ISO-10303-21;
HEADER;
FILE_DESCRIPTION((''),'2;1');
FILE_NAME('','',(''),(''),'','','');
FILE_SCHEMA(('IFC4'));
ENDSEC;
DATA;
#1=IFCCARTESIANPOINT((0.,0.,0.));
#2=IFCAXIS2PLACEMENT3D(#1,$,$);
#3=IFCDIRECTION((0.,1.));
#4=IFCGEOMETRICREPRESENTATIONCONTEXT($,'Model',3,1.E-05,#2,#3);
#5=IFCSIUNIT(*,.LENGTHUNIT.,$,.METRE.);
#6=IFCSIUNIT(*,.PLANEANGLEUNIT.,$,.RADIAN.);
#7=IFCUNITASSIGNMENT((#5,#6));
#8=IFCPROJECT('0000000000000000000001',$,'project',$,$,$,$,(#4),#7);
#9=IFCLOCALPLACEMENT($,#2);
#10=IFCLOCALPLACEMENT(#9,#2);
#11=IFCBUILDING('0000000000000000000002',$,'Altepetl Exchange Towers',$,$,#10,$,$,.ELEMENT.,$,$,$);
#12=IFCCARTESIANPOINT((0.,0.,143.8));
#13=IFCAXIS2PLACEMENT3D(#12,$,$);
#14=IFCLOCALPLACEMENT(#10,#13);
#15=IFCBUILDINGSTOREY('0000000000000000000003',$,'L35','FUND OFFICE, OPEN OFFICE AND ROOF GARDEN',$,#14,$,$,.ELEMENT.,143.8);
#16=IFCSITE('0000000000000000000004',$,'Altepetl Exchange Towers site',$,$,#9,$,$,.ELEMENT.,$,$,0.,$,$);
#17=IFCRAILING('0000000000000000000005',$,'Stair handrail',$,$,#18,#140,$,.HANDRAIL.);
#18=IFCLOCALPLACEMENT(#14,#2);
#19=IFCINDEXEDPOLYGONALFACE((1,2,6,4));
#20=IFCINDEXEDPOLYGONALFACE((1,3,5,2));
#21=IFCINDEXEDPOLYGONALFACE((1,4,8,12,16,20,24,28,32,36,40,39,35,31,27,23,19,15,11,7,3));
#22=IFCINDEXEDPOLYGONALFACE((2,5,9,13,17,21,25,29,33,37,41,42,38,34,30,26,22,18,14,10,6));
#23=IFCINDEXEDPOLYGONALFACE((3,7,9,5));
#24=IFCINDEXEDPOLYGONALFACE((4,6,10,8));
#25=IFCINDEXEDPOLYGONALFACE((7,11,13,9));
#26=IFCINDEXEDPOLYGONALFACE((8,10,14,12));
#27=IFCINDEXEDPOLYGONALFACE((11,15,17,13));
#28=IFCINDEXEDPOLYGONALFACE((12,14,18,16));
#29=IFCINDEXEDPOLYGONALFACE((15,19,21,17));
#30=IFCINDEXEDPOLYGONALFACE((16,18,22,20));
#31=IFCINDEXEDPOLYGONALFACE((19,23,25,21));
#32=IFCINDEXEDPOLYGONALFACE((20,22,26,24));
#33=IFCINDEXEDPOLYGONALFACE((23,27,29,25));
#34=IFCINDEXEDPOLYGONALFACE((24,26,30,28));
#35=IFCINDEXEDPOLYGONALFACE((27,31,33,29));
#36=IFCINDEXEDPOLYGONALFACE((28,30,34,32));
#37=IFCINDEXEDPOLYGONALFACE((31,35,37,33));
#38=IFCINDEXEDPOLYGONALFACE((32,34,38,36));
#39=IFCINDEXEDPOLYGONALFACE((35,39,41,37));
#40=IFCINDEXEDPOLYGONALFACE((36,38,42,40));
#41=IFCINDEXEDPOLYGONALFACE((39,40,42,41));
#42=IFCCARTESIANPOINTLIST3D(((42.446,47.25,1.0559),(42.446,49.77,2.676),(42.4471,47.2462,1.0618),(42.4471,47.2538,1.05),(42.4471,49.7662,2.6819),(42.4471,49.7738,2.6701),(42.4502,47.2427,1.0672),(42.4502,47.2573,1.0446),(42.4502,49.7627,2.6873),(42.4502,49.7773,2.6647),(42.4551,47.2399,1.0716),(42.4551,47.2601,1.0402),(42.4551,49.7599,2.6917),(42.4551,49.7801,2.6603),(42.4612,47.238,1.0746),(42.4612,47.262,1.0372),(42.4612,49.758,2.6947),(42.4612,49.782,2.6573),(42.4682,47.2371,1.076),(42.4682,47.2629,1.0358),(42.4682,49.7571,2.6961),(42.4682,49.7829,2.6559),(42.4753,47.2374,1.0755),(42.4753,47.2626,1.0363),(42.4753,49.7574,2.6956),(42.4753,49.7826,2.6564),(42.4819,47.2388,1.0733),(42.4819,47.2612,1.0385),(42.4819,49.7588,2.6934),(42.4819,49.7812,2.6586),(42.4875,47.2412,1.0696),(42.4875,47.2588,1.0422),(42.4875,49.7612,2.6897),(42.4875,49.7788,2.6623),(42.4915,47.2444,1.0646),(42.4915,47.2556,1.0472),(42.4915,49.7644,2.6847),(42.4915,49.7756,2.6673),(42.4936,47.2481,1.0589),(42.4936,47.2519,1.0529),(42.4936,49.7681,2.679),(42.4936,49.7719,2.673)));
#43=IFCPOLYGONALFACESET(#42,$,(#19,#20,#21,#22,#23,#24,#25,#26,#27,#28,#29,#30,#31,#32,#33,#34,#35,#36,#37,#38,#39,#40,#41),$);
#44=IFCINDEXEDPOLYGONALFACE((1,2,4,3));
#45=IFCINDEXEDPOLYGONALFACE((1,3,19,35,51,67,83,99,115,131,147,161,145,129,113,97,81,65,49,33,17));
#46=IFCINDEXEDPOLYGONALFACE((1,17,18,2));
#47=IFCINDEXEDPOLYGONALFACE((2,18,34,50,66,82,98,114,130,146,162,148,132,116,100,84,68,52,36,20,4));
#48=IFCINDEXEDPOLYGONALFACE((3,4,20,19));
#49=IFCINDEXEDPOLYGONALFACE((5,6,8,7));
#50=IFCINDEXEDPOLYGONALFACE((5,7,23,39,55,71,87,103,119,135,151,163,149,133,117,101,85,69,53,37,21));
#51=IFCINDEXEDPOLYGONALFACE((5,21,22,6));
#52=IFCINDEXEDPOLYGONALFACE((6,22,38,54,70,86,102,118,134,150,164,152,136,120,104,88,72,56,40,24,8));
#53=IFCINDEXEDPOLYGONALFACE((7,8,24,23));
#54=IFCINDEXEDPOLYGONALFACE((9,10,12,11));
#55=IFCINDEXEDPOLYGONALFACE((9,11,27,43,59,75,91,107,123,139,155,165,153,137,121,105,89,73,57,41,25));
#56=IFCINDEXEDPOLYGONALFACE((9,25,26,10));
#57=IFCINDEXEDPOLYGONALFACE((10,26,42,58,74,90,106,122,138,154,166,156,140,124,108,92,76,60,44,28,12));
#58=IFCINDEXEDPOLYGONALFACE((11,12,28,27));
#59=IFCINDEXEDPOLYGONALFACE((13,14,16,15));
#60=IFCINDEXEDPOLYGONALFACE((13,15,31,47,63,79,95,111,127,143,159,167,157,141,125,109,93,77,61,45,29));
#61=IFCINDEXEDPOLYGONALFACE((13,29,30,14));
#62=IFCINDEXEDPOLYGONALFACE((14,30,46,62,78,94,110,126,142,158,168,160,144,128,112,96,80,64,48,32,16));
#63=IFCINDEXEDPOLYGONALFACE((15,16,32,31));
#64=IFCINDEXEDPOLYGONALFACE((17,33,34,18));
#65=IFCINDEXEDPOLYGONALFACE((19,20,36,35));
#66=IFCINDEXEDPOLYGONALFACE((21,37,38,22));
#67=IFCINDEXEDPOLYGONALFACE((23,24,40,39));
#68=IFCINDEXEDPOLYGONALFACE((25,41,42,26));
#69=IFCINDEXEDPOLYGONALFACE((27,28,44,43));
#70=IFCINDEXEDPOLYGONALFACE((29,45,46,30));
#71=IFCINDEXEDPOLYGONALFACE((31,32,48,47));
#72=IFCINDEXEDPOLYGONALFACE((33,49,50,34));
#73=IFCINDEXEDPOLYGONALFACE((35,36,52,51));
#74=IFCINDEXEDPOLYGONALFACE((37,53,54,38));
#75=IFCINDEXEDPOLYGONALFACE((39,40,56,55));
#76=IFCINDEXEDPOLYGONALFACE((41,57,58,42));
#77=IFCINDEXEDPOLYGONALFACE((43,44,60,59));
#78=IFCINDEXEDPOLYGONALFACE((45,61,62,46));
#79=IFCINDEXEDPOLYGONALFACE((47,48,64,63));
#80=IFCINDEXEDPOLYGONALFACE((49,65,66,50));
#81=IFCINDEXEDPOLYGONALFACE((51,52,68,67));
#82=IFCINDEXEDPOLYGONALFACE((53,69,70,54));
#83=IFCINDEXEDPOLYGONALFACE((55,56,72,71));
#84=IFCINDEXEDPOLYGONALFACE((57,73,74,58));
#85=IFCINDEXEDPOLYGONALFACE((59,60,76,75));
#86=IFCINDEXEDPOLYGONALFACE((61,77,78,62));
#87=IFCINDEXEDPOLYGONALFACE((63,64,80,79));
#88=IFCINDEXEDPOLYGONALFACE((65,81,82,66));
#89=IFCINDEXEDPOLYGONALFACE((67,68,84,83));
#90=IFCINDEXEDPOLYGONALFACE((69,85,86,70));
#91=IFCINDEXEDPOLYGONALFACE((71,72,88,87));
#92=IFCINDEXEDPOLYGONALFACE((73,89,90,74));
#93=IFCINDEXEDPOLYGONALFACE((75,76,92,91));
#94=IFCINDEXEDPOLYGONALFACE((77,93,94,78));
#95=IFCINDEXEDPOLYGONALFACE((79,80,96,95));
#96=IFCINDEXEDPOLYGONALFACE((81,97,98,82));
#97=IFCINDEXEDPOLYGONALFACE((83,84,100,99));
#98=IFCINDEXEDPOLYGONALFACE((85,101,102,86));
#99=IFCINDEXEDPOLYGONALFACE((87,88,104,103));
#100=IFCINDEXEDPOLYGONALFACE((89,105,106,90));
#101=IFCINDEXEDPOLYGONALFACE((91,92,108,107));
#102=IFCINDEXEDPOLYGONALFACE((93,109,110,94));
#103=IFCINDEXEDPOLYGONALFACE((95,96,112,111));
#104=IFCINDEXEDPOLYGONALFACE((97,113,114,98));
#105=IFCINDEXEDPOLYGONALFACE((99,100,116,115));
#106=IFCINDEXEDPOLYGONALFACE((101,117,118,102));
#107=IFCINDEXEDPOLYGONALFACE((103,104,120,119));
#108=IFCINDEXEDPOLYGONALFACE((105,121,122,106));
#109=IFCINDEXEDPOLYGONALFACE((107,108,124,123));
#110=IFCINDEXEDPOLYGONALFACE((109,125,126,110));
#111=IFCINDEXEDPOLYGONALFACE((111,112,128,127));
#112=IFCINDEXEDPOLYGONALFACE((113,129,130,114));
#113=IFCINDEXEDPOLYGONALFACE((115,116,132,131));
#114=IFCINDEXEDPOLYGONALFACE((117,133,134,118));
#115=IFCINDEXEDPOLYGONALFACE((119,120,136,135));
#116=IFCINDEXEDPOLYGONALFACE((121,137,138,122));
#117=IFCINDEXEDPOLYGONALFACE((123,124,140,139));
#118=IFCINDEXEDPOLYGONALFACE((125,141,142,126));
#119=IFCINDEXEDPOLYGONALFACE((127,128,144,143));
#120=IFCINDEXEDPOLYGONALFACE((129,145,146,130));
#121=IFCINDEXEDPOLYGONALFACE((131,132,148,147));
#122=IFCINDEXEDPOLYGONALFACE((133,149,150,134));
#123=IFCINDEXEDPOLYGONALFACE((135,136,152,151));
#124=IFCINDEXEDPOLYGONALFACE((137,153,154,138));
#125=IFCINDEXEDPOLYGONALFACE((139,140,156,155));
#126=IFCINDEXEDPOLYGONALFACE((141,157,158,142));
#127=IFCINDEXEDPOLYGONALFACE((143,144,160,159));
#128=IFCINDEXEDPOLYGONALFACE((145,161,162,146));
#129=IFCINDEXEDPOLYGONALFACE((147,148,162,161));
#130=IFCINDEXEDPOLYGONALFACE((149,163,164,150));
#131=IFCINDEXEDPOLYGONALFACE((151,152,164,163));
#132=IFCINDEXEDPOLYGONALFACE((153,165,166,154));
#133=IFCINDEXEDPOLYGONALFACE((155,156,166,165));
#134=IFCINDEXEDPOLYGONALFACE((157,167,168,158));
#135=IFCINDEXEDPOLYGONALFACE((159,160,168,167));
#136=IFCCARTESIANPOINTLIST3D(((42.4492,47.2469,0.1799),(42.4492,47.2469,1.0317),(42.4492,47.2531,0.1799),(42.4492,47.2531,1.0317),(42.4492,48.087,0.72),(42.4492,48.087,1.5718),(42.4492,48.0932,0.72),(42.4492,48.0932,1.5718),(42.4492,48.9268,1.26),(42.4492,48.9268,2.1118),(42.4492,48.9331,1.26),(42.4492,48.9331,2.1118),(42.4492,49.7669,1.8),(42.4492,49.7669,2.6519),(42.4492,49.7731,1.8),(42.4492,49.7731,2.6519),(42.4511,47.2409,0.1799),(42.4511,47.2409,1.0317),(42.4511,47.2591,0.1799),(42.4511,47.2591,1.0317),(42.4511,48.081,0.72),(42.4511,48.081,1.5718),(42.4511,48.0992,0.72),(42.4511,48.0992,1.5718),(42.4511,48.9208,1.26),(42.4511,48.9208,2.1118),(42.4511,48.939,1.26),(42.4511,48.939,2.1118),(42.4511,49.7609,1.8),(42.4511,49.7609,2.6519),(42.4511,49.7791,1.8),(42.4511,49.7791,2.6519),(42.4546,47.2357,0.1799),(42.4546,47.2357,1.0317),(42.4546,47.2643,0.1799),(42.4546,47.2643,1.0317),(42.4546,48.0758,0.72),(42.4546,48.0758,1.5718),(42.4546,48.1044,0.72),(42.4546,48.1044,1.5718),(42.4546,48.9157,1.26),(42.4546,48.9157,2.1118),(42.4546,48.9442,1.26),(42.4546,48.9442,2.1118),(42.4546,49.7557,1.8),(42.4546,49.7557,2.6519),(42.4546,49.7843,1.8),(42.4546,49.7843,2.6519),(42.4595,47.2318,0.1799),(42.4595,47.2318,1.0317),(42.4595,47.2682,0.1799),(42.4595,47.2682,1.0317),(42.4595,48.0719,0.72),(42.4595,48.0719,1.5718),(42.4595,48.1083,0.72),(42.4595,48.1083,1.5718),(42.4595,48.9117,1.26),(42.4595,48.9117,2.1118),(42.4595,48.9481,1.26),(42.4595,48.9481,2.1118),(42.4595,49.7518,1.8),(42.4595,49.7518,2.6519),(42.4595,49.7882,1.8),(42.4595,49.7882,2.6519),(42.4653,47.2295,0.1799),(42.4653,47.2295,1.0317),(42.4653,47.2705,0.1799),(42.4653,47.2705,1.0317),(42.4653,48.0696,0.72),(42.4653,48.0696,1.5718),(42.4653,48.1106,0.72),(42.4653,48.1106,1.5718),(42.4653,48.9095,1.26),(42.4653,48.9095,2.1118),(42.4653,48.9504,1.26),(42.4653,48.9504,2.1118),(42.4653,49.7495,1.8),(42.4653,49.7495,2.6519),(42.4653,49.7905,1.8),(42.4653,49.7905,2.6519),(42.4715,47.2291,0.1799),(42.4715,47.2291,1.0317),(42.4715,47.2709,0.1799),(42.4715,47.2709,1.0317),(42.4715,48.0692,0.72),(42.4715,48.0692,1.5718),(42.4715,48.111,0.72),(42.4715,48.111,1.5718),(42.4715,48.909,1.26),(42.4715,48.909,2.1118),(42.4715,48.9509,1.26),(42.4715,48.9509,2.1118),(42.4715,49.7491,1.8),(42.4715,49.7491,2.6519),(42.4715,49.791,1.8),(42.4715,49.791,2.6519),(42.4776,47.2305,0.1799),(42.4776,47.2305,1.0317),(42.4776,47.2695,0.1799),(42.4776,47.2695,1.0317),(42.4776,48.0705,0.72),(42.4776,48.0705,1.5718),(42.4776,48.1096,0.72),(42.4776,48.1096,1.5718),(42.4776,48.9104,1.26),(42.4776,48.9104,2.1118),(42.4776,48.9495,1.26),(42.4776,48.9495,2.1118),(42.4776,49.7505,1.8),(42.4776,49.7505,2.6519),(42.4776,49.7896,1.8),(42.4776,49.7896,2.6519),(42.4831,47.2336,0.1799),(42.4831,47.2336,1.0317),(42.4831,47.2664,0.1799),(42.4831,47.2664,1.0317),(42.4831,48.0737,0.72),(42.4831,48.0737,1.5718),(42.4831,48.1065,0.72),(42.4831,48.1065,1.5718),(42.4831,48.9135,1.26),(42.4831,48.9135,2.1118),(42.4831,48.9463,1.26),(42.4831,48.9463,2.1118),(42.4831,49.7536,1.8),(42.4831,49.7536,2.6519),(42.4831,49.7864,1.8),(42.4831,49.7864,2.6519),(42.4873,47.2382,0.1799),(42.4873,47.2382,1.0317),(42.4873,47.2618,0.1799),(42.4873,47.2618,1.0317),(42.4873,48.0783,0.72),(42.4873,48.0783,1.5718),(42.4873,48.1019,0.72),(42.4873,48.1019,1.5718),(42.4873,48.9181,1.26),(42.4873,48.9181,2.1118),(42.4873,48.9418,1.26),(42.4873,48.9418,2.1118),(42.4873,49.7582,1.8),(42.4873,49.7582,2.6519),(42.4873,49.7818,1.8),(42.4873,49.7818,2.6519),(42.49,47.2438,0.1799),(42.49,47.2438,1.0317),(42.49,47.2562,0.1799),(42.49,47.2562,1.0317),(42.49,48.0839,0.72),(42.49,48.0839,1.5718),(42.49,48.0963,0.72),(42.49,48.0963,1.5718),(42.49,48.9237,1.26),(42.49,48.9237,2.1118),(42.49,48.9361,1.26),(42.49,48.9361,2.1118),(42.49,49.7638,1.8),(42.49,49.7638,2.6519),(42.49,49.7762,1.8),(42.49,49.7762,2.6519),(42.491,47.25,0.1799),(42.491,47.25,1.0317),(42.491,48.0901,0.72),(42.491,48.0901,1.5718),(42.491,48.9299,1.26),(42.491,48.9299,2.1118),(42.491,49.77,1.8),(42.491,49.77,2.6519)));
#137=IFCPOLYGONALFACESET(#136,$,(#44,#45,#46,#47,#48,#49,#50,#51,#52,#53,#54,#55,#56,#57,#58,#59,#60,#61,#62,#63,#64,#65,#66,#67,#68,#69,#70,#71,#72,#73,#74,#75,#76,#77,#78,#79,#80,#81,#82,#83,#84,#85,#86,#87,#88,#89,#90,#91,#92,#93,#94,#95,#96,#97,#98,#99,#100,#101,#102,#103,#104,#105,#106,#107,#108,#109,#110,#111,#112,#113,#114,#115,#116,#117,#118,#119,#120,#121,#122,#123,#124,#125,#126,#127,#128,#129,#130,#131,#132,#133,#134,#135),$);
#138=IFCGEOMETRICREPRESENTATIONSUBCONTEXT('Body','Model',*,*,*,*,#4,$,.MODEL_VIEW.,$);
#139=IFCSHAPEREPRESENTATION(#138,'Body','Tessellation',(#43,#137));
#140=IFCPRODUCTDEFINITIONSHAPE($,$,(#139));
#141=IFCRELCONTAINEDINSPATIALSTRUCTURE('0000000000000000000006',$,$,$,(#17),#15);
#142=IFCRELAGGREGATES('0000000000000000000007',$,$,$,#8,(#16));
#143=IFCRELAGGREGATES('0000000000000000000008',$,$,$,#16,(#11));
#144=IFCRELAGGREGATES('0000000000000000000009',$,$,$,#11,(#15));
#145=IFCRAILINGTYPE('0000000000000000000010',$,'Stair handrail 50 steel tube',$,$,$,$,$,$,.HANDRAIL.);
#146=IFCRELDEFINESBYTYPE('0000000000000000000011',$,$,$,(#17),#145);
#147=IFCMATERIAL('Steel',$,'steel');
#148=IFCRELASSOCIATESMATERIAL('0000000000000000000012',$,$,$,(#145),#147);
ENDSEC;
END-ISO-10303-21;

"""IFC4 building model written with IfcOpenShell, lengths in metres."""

from ifc_helpers import new_model, si_unit, direction, frame, origin, origin_2d, place, context, subcontext, project, spatial, circle, extrude, source, transform, mapped, material, type_object, element, save


model = new_model("IFC4")

# Units and contexts
model_context = context("Model", 3, precision=1e-05, world=origin(), true_north=direction((0.0, 1.0)))
body_context = subcontext(model_context, "Body", "Model", "MODEL_VIEW")
ifc_project = project(units=[si_unit("LENGTHUNIT", "METRE"), si_unit("PLANEANGLEUNIT", "RADIAN")], contexts=[model_context])

# Site, building, storey
site_placement = place(None, origin())
site = spatial("IfcSite", under=ifc_project, at=site_placement, Name="Altepetl Exchange Towers site", CompositionType="ELEMENT", RefElevation=0.0)
building_placement = place(site_placement, origin())
building = spatial("IfcBuilding", under=site, at=building_placement, Name="Altepetl Exchange Towers", CompositionType="ELEMENT")
storey_placement = place(building_placement, frame((0.0, 0.0, 143.8)))
storey = spatial("IfcBuildingStorey", under=building, at=storey_placement, Name="L35", Description="FUND OFFICE, OPEN OFFICE AND ROOF GARDEN", CompositionType="ELEMENT", Elevation=143.8)

# Railing
ifc_material_1 = material(Name="Steel", Category="steel")
railing_type = type_object("IfcRailingType", Name="Stair handrail 50 steel tube", PredefinedType="HANDRAIL", material=ifc_material_1)
shared_shape = source(origin(), body_context, "Body", "SweptSolid", [
    extrude(circle(Radius=0.021, at=origin_2d()), origin(), (0.0, 0.0, 1.0), 0.8518),
])
railing_1_placement = place(storey_placement, frame((42.47, 47.25, 0.1799)))
element("IfcRailing", 1, at=railing_1_placement, inside=storey, type_object=railing_type, Name="Stair handrail", PredefinedType="HANDRAIL", context=body_context, shape_type="SweptSolid", body=[
    extrude(circle(Radius=0.0239, at=origin_2d()), frame((0.0, 0.0, 0.876), z_axis=(0.0, 0.841163, 0.540782), x_axis=(-1.0, 0.0, 0.0)), (0.0, 0.0, 1.0), 2.9958),
    mapped(shared_shape, transform((0.0, 0.0, 0.0))),
    mapped(shared_shape, transform((0.0, 0.8401, 0.54))),
    mapped(shared_shape, transform((0.0, 1.6799, 1.0801))),
    mapped(shared_shape, transform((0.0, 2.52, 1.6201))),
])

save(model, "model.ifc")
